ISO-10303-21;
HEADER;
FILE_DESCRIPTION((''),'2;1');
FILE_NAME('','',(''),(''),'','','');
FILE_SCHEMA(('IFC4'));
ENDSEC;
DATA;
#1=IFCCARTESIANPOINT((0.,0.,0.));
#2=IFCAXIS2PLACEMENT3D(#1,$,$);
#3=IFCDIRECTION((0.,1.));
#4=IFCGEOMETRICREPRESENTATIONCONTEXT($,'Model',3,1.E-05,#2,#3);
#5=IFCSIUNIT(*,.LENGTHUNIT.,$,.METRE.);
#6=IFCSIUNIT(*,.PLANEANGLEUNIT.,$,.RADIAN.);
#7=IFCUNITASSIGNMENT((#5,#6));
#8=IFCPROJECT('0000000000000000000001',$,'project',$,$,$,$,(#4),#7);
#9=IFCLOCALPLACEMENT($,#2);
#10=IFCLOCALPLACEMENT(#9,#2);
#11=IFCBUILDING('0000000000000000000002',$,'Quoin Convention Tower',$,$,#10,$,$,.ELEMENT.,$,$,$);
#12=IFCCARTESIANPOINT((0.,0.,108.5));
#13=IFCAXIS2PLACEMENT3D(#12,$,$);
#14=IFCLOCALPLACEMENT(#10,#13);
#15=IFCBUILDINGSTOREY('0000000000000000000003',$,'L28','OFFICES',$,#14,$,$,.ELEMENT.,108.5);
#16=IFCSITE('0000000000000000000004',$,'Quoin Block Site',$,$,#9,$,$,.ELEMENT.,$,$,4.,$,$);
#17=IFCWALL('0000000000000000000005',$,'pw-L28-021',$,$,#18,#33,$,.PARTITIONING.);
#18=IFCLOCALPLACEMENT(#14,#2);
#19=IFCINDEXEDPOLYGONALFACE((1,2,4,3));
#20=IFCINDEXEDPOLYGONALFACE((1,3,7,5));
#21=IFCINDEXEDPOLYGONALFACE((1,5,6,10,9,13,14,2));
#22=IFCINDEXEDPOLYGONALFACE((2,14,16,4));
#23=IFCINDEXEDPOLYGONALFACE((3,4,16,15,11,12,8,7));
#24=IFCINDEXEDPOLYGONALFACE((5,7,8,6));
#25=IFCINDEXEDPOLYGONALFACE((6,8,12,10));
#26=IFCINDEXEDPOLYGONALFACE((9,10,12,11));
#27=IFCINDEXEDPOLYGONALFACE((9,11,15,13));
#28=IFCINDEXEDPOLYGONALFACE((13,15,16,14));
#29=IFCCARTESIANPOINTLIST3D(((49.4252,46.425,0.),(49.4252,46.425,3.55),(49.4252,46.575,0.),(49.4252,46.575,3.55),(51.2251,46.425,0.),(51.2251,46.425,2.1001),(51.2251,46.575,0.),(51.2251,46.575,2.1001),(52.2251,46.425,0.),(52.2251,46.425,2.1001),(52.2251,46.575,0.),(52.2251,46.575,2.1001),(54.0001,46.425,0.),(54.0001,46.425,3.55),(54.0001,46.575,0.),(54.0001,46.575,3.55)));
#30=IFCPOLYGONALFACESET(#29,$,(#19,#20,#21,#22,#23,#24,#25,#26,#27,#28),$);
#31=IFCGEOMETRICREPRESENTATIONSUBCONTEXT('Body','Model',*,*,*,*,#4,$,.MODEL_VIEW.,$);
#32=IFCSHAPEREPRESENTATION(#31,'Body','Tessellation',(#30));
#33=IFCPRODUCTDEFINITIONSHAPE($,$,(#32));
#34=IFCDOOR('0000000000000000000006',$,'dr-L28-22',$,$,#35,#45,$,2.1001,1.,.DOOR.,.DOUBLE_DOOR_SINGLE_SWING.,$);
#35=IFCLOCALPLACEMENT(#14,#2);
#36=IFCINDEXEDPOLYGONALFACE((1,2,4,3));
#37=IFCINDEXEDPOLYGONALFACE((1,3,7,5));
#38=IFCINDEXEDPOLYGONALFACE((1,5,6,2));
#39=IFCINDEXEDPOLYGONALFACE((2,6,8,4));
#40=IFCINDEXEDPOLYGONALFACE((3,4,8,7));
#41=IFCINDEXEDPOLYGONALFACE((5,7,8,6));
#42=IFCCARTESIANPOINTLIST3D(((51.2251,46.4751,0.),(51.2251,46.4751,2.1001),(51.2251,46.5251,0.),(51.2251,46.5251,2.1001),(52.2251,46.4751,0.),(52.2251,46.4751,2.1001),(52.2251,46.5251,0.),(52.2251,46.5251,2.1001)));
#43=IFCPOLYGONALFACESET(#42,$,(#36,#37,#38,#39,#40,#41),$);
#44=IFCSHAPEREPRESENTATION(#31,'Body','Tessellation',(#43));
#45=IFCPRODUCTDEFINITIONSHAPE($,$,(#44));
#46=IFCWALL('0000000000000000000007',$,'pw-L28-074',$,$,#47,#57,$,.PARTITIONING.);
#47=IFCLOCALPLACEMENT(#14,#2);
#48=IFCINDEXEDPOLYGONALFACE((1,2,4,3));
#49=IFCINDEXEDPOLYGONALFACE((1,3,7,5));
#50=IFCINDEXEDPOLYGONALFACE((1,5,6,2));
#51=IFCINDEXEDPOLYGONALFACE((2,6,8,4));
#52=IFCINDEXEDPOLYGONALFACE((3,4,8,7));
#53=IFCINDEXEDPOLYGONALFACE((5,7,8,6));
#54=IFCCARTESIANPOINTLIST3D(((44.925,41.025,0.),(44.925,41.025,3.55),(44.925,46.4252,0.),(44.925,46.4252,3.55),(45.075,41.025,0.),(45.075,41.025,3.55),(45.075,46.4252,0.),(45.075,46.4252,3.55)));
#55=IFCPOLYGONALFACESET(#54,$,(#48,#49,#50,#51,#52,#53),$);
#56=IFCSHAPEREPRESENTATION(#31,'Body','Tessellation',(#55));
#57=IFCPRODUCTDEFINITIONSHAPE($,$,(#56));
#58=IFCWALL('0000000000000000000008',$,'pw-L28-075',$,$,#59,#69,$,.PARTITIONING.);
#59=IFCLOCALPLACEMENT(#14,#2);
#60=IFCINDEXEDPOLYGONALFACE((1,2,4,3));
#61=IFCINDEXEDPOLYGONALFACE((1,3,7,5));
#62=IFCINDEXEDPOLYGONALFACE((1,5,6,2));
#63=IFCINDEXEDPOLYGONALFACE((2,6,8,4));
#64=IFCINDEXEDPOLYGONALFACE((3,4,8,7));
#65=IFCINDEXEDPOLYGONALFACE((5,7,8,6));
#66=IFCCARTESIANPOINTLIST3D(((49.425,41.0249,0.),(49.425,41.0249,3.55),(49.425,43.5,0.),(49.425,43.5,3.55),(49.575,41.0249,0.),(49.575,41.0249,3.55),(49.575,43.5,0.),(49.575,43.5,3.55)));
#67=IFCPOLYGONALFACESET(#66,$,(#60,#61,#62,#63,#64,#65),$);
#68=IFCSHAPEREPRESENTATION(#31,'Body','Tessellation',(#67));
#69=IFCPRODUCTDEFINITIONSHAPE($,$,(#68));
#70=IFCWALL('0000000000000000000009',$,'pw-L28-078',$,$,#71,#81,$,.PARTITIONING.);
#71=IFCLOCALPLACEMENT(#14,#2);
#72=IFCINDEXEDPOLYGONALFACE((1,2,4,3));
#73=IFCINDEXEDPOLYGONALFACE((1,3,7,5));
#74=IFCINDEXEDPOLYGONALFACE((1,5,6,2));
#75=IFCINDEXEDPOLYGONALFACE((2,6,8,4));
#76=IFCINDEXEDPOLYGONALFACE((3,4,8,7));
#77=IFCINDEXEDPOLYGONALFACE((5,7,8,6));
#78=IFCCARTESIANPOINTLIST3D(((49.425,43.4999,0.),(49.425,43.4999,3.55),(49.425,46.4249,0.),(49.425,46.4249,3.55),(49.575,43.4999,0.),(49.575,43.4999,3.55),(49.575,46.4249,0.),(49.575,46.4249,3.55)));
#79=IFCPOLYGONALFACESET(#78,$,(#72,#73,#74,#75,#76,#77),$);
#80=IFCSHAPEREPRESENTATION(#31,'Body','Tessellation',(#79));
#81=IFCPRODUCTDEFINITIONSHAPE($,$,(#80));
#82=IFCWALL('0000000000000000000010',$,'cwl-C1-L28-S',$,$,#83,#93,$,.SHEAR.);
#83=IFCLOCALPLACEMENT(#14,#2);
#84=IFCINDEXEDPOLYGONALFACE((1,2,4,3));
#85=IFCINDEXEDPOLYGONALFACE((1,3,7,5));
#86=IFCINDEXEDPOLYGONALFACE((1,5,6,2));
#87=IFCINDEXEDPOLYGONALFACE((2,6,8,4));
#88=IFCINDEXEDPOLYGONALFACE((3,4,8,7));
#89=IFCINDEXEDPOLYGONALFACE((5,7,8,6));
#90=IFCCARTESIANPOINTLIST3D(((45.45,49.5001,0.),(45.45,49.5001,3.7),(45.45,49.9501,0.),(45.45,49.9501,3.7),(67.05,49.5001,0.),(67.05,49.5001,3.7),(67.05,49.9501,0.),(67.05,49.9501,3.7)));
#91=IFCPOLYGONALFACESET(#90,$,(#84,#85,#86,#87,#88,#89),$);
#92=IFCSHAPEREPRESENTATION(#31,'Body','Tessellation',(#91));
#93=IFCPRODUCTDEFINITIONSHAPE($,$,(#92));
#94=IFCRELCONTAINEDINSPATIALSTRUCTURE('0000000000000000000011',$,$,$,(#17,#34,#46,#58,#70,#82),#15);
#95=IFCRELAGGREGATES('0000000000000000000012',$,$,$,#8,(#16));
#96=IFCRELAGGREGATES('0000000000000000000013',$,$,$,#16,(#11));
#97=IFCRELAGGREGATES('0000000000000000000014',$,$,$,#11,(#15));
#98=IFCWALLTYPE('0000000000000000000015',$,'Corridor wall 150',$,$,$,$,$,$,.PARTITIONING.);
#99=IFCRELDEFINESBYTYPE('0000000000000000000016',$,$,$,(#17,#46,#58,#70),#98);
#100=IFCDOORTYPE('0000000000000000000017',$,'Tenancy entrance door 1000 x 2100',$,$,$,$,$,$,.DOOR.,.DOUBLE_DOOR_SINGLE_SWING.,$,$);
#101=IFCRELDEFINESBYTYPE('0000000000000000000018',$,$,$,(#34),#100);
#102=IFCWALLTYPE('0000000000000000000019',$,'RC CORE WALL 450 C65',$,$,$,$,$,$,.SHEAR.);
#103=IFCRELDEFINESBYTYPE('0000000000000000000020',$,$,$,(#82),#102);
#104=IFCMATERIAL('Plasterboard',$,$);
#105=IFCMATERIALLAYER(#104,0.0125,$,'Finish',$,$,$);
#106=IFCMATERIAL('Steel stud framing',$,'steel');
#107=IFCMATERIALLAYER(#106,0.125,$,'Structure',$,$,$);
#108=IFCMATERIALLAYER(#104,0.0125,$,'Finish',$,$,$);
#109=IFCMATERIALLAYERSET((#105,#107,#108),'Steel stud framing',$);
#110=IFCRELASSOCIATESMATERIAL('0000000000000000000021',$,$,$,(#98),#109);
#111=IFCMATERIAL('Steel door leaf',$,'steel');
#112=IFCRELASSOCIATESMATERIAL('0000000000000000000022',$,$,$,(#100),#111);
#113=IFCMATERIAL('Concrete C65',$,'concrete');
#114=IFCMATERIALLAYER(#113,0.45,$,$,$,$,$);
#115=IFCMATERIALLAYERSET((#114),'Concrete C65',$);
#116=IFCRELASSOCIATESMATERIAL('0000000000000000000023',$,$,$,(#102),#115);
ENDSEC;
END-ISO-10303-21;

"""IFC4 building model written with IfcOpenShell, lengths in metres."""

from ifc_helpers import new_model, si_unit, direction, frame, frame_2d, origin, place, context, subcontext, project, spatial, rectangle, extrude, material, layer, layer_set, type_object, element, fill, save


model = new_model("IFC4")

# Units and contexts
model_context = context("Model", 3, precision=1e-05, world=origin(), true_north=direction((0.0, 1.0)))
body_context = subcontext(model_context, "Body", "Model", "MODEL_VIEW")
ifc_project = project(units=[si_unit("LENGTHUNIT", "METRE"), si_unit("PLANEANGLEUNIT", "RADIAN")], contexts=[model_context])

# Site, building, storey
site_placement = place(None, origin())
site = spatial("IfcSite", under=ifc_project, at=site_placement, Name="Quoin Block Site", CompositionType="ELEMENT", RefElevation=4.0)
building_placement = place(site_placement, origin())
building = spatial("IfcBuilding", under=site, at=building_placement, Name="Quoin Convention Tower", CompositionType="ELEMENT")
storey_placement = place(building_placement, frame((0.0, 0.0, 108.5)))
storey = spatial("IfcBuildingStorey", under=building, at=storey_placement, Name="L28", Description="OFFICES", CompositionType="ELEMENT", Elevation=108.5)

# Shared definitions
ifc_material_1 = material(Name="Plasterboard")
ifc_material_2 = material(Name="Steel stud framing", Category="steel")

# Wall, opening, door
ifc_layer_1 = layer(ifc_material_1, 0.0125, Name="Finish")
ifc_layer_2 = layer(ifc_material_2, 0.125, Name="Structure")
ifc_layer_3 = layer(ifc_material_1, 0.0125, Name="Finish")
ifc_layer_set_1 = layer_set([ifc_layer_1, ifc_layer_2, ifc_layer_3], Name="Steel stud framing")
wall_type_1 = type_object("IfcWallType", Name="Corridor wall 150", PredefinedType="PARTITIONING", material=ifc_layer_set_1)
wall_1_placement = place(storey_placement, frame((49.425, 46.5, 0.0), z_axis=(0.0, 0.0, 1.0), x_axis=(1.0, 0.0, 0.0)))
wall_1 = element("IfcWall", 1, at=wall_1_placement, inside=storey, type_object=wall_type_1, Name="pw-L28-021", PredefinedType="PARTITIONING", context=body_context, shape_type="SweptSolid", body=[
    extrude(rectangle(XDim=4.575, YDim=0.1499, at=frame_2d((2.2876, 0.0))), origin(), (0.0, 0.0, 1.0), 3.55),
])
opening_1_placement = place(wall_1_placement, frame((1.8, 0.0, 0.0)))
opening_1 = element("IfcOpeningElement", 2, at=opening_1_placement, cuts=wall_1, PredefinedType="OPENING", context=body_context, shape_type="SweptSolid", body=[
    extrude(rectangle(XDim=1.0, YDim=2.1001, at=frame_2d((0.5, 1.05))), frame((0.0, 0.085, 0.0), z_axis=(0.0, -1.0, 0.0), x_axis=(1.0, 0.0, 0.0)), (0.0, 0.0, 1.0), 0.1699),
])
ifc_material_3 = material(Name="Steel door leaf", Category="steel")
door_type_1 = type_object("IfcDoorType", Name="Tenancy entrance door 1000 x 2100", OperationType="DOUBLE_DOOR_SINGLE_SWING", PredefinedType="DOOR", material=ifc_material_3)
door_1_placement = place(opening_1_placement, frame((1.0, 0.0, 0.0), z_axis=(0.0, 0.0, 1.0), x_axis=(-1.0, 0.0, 0.0)))
door_1 = element("IfcDoor", 3, at=door_1_placement, inside=storey, type_object=door_type_1, Name="dr-L28-22", OperationType="DOUBLE_DOOR_SINGLE_SWING", OverallHeight=2.1001, OverallWidth=1.0, PredefinedType="DOOR", context=body_context, shape_type="SweptSolid", body=[
    extrude(rectangle(XDim=1.0, YDim=2.1001, at=frame_2d((0.5, 1.05))), frame((0.0, 0.0249, 0.0), z_axis=(0.0, -1.0, 0.0), x_axis=(1.0, 0.0, 0.0)), (0.0, 0.0, 1.0), 0.05),
])
fill(opening_1, door_1)

# Walls
wall_2_placement = place(storey_placement, frame((45.0, 41.0249, 0.0), z_axis=(0.0, 0.0, 1.0), x_axis=(0.0, 1.0, 0.0)))
element("IfcWall", 4, at=wall_2_placement, inside=storey, type_object=wall_type_1, Name="pw-L28-074", PredefinedType="PARTITIONING", context=body_context, shape_type="SweptSolid", body=[
    extrude(rectangle(XDim=5.4001, YDim=0.1499, at=frame_2d((2.7002, 0.0))), origin(), (0.0, 0.0, 1.0), 3.55),
])
wall_3_placement = place(storey_placement, frame((49.5, 41.0249, 0.0), z_axis=(0.0, 0.0, 1.0), x_axis=(0.0, 1.0, 0.0)))
element("IfcWall", 5, at=wall_3_placement, inside=storey, type_object=wall_type_1, Name="pw-L28-075", PredefinedType="PARTITIONING", context=body_context, shape_type="SweptSolid", body=[
    extrude(rectangle(XDim=2.4751, YDim=0.1499, at=frame_2d((1.2375, 0.0))), origin(), (0.0, 0.0, 1.0), 3.55),
])
wall_4_placement = place(storey_placement, frame((49.5, 43.5, 0.0), z_axis=(0.0, 0.0, 1.0), x_axis=(0.0, 1.0, 0.0)))
element("IfcWall", 6, at=wall_4_placement, inside=storey, type_object=wall_type_1, Name="pw-L28-078", PredefinedType="PARTITIONING", context=body_context, shape_type="SweptSolid", body=[
    extrude(rectangle(XDim=2.925, YDim=0.1499, at=frame_2d((1.4624, 0.0))), origin(), (0.0, 0.0, 1.0), 3.55),
])
ifc_material_4 = material(Name="Concrete C65", Category="concrete")
ifc_layer_4 = layer(ifc_material_4, 0.45)
ifc_layer_set_2 = layer_set([ifc_layer_4], Name="Concrete C65")
wall_type_2 = type_object("IfcWallType", Name="RC CORE WALL 450 C65", PredefinedType="SHEAR", material=ifc_layer_set_2)
wall_5_placement = place(storey_placement, frame((45.45, 49.7251, 0.0), z_axis=(0.0, 0.0, 1.0), x_axis=(1.0, 0.0, 0.0)))
element("IfcWall", 7, at=wall_5_placement, inside=storey, type_object=wall_type_2, Name="cwl-C1-L28-S", PredefinedType="SHEAR", context=body_context, shape_type="SweptSolid", body=[
    extrude(rectangle(XDim=21.6001, YDim=0.45, at=frame_2d((10.8, 0.0))), origin(), (0.0, 0.0, 1.0), 3.7),
])

save(model, "model.ifc")
